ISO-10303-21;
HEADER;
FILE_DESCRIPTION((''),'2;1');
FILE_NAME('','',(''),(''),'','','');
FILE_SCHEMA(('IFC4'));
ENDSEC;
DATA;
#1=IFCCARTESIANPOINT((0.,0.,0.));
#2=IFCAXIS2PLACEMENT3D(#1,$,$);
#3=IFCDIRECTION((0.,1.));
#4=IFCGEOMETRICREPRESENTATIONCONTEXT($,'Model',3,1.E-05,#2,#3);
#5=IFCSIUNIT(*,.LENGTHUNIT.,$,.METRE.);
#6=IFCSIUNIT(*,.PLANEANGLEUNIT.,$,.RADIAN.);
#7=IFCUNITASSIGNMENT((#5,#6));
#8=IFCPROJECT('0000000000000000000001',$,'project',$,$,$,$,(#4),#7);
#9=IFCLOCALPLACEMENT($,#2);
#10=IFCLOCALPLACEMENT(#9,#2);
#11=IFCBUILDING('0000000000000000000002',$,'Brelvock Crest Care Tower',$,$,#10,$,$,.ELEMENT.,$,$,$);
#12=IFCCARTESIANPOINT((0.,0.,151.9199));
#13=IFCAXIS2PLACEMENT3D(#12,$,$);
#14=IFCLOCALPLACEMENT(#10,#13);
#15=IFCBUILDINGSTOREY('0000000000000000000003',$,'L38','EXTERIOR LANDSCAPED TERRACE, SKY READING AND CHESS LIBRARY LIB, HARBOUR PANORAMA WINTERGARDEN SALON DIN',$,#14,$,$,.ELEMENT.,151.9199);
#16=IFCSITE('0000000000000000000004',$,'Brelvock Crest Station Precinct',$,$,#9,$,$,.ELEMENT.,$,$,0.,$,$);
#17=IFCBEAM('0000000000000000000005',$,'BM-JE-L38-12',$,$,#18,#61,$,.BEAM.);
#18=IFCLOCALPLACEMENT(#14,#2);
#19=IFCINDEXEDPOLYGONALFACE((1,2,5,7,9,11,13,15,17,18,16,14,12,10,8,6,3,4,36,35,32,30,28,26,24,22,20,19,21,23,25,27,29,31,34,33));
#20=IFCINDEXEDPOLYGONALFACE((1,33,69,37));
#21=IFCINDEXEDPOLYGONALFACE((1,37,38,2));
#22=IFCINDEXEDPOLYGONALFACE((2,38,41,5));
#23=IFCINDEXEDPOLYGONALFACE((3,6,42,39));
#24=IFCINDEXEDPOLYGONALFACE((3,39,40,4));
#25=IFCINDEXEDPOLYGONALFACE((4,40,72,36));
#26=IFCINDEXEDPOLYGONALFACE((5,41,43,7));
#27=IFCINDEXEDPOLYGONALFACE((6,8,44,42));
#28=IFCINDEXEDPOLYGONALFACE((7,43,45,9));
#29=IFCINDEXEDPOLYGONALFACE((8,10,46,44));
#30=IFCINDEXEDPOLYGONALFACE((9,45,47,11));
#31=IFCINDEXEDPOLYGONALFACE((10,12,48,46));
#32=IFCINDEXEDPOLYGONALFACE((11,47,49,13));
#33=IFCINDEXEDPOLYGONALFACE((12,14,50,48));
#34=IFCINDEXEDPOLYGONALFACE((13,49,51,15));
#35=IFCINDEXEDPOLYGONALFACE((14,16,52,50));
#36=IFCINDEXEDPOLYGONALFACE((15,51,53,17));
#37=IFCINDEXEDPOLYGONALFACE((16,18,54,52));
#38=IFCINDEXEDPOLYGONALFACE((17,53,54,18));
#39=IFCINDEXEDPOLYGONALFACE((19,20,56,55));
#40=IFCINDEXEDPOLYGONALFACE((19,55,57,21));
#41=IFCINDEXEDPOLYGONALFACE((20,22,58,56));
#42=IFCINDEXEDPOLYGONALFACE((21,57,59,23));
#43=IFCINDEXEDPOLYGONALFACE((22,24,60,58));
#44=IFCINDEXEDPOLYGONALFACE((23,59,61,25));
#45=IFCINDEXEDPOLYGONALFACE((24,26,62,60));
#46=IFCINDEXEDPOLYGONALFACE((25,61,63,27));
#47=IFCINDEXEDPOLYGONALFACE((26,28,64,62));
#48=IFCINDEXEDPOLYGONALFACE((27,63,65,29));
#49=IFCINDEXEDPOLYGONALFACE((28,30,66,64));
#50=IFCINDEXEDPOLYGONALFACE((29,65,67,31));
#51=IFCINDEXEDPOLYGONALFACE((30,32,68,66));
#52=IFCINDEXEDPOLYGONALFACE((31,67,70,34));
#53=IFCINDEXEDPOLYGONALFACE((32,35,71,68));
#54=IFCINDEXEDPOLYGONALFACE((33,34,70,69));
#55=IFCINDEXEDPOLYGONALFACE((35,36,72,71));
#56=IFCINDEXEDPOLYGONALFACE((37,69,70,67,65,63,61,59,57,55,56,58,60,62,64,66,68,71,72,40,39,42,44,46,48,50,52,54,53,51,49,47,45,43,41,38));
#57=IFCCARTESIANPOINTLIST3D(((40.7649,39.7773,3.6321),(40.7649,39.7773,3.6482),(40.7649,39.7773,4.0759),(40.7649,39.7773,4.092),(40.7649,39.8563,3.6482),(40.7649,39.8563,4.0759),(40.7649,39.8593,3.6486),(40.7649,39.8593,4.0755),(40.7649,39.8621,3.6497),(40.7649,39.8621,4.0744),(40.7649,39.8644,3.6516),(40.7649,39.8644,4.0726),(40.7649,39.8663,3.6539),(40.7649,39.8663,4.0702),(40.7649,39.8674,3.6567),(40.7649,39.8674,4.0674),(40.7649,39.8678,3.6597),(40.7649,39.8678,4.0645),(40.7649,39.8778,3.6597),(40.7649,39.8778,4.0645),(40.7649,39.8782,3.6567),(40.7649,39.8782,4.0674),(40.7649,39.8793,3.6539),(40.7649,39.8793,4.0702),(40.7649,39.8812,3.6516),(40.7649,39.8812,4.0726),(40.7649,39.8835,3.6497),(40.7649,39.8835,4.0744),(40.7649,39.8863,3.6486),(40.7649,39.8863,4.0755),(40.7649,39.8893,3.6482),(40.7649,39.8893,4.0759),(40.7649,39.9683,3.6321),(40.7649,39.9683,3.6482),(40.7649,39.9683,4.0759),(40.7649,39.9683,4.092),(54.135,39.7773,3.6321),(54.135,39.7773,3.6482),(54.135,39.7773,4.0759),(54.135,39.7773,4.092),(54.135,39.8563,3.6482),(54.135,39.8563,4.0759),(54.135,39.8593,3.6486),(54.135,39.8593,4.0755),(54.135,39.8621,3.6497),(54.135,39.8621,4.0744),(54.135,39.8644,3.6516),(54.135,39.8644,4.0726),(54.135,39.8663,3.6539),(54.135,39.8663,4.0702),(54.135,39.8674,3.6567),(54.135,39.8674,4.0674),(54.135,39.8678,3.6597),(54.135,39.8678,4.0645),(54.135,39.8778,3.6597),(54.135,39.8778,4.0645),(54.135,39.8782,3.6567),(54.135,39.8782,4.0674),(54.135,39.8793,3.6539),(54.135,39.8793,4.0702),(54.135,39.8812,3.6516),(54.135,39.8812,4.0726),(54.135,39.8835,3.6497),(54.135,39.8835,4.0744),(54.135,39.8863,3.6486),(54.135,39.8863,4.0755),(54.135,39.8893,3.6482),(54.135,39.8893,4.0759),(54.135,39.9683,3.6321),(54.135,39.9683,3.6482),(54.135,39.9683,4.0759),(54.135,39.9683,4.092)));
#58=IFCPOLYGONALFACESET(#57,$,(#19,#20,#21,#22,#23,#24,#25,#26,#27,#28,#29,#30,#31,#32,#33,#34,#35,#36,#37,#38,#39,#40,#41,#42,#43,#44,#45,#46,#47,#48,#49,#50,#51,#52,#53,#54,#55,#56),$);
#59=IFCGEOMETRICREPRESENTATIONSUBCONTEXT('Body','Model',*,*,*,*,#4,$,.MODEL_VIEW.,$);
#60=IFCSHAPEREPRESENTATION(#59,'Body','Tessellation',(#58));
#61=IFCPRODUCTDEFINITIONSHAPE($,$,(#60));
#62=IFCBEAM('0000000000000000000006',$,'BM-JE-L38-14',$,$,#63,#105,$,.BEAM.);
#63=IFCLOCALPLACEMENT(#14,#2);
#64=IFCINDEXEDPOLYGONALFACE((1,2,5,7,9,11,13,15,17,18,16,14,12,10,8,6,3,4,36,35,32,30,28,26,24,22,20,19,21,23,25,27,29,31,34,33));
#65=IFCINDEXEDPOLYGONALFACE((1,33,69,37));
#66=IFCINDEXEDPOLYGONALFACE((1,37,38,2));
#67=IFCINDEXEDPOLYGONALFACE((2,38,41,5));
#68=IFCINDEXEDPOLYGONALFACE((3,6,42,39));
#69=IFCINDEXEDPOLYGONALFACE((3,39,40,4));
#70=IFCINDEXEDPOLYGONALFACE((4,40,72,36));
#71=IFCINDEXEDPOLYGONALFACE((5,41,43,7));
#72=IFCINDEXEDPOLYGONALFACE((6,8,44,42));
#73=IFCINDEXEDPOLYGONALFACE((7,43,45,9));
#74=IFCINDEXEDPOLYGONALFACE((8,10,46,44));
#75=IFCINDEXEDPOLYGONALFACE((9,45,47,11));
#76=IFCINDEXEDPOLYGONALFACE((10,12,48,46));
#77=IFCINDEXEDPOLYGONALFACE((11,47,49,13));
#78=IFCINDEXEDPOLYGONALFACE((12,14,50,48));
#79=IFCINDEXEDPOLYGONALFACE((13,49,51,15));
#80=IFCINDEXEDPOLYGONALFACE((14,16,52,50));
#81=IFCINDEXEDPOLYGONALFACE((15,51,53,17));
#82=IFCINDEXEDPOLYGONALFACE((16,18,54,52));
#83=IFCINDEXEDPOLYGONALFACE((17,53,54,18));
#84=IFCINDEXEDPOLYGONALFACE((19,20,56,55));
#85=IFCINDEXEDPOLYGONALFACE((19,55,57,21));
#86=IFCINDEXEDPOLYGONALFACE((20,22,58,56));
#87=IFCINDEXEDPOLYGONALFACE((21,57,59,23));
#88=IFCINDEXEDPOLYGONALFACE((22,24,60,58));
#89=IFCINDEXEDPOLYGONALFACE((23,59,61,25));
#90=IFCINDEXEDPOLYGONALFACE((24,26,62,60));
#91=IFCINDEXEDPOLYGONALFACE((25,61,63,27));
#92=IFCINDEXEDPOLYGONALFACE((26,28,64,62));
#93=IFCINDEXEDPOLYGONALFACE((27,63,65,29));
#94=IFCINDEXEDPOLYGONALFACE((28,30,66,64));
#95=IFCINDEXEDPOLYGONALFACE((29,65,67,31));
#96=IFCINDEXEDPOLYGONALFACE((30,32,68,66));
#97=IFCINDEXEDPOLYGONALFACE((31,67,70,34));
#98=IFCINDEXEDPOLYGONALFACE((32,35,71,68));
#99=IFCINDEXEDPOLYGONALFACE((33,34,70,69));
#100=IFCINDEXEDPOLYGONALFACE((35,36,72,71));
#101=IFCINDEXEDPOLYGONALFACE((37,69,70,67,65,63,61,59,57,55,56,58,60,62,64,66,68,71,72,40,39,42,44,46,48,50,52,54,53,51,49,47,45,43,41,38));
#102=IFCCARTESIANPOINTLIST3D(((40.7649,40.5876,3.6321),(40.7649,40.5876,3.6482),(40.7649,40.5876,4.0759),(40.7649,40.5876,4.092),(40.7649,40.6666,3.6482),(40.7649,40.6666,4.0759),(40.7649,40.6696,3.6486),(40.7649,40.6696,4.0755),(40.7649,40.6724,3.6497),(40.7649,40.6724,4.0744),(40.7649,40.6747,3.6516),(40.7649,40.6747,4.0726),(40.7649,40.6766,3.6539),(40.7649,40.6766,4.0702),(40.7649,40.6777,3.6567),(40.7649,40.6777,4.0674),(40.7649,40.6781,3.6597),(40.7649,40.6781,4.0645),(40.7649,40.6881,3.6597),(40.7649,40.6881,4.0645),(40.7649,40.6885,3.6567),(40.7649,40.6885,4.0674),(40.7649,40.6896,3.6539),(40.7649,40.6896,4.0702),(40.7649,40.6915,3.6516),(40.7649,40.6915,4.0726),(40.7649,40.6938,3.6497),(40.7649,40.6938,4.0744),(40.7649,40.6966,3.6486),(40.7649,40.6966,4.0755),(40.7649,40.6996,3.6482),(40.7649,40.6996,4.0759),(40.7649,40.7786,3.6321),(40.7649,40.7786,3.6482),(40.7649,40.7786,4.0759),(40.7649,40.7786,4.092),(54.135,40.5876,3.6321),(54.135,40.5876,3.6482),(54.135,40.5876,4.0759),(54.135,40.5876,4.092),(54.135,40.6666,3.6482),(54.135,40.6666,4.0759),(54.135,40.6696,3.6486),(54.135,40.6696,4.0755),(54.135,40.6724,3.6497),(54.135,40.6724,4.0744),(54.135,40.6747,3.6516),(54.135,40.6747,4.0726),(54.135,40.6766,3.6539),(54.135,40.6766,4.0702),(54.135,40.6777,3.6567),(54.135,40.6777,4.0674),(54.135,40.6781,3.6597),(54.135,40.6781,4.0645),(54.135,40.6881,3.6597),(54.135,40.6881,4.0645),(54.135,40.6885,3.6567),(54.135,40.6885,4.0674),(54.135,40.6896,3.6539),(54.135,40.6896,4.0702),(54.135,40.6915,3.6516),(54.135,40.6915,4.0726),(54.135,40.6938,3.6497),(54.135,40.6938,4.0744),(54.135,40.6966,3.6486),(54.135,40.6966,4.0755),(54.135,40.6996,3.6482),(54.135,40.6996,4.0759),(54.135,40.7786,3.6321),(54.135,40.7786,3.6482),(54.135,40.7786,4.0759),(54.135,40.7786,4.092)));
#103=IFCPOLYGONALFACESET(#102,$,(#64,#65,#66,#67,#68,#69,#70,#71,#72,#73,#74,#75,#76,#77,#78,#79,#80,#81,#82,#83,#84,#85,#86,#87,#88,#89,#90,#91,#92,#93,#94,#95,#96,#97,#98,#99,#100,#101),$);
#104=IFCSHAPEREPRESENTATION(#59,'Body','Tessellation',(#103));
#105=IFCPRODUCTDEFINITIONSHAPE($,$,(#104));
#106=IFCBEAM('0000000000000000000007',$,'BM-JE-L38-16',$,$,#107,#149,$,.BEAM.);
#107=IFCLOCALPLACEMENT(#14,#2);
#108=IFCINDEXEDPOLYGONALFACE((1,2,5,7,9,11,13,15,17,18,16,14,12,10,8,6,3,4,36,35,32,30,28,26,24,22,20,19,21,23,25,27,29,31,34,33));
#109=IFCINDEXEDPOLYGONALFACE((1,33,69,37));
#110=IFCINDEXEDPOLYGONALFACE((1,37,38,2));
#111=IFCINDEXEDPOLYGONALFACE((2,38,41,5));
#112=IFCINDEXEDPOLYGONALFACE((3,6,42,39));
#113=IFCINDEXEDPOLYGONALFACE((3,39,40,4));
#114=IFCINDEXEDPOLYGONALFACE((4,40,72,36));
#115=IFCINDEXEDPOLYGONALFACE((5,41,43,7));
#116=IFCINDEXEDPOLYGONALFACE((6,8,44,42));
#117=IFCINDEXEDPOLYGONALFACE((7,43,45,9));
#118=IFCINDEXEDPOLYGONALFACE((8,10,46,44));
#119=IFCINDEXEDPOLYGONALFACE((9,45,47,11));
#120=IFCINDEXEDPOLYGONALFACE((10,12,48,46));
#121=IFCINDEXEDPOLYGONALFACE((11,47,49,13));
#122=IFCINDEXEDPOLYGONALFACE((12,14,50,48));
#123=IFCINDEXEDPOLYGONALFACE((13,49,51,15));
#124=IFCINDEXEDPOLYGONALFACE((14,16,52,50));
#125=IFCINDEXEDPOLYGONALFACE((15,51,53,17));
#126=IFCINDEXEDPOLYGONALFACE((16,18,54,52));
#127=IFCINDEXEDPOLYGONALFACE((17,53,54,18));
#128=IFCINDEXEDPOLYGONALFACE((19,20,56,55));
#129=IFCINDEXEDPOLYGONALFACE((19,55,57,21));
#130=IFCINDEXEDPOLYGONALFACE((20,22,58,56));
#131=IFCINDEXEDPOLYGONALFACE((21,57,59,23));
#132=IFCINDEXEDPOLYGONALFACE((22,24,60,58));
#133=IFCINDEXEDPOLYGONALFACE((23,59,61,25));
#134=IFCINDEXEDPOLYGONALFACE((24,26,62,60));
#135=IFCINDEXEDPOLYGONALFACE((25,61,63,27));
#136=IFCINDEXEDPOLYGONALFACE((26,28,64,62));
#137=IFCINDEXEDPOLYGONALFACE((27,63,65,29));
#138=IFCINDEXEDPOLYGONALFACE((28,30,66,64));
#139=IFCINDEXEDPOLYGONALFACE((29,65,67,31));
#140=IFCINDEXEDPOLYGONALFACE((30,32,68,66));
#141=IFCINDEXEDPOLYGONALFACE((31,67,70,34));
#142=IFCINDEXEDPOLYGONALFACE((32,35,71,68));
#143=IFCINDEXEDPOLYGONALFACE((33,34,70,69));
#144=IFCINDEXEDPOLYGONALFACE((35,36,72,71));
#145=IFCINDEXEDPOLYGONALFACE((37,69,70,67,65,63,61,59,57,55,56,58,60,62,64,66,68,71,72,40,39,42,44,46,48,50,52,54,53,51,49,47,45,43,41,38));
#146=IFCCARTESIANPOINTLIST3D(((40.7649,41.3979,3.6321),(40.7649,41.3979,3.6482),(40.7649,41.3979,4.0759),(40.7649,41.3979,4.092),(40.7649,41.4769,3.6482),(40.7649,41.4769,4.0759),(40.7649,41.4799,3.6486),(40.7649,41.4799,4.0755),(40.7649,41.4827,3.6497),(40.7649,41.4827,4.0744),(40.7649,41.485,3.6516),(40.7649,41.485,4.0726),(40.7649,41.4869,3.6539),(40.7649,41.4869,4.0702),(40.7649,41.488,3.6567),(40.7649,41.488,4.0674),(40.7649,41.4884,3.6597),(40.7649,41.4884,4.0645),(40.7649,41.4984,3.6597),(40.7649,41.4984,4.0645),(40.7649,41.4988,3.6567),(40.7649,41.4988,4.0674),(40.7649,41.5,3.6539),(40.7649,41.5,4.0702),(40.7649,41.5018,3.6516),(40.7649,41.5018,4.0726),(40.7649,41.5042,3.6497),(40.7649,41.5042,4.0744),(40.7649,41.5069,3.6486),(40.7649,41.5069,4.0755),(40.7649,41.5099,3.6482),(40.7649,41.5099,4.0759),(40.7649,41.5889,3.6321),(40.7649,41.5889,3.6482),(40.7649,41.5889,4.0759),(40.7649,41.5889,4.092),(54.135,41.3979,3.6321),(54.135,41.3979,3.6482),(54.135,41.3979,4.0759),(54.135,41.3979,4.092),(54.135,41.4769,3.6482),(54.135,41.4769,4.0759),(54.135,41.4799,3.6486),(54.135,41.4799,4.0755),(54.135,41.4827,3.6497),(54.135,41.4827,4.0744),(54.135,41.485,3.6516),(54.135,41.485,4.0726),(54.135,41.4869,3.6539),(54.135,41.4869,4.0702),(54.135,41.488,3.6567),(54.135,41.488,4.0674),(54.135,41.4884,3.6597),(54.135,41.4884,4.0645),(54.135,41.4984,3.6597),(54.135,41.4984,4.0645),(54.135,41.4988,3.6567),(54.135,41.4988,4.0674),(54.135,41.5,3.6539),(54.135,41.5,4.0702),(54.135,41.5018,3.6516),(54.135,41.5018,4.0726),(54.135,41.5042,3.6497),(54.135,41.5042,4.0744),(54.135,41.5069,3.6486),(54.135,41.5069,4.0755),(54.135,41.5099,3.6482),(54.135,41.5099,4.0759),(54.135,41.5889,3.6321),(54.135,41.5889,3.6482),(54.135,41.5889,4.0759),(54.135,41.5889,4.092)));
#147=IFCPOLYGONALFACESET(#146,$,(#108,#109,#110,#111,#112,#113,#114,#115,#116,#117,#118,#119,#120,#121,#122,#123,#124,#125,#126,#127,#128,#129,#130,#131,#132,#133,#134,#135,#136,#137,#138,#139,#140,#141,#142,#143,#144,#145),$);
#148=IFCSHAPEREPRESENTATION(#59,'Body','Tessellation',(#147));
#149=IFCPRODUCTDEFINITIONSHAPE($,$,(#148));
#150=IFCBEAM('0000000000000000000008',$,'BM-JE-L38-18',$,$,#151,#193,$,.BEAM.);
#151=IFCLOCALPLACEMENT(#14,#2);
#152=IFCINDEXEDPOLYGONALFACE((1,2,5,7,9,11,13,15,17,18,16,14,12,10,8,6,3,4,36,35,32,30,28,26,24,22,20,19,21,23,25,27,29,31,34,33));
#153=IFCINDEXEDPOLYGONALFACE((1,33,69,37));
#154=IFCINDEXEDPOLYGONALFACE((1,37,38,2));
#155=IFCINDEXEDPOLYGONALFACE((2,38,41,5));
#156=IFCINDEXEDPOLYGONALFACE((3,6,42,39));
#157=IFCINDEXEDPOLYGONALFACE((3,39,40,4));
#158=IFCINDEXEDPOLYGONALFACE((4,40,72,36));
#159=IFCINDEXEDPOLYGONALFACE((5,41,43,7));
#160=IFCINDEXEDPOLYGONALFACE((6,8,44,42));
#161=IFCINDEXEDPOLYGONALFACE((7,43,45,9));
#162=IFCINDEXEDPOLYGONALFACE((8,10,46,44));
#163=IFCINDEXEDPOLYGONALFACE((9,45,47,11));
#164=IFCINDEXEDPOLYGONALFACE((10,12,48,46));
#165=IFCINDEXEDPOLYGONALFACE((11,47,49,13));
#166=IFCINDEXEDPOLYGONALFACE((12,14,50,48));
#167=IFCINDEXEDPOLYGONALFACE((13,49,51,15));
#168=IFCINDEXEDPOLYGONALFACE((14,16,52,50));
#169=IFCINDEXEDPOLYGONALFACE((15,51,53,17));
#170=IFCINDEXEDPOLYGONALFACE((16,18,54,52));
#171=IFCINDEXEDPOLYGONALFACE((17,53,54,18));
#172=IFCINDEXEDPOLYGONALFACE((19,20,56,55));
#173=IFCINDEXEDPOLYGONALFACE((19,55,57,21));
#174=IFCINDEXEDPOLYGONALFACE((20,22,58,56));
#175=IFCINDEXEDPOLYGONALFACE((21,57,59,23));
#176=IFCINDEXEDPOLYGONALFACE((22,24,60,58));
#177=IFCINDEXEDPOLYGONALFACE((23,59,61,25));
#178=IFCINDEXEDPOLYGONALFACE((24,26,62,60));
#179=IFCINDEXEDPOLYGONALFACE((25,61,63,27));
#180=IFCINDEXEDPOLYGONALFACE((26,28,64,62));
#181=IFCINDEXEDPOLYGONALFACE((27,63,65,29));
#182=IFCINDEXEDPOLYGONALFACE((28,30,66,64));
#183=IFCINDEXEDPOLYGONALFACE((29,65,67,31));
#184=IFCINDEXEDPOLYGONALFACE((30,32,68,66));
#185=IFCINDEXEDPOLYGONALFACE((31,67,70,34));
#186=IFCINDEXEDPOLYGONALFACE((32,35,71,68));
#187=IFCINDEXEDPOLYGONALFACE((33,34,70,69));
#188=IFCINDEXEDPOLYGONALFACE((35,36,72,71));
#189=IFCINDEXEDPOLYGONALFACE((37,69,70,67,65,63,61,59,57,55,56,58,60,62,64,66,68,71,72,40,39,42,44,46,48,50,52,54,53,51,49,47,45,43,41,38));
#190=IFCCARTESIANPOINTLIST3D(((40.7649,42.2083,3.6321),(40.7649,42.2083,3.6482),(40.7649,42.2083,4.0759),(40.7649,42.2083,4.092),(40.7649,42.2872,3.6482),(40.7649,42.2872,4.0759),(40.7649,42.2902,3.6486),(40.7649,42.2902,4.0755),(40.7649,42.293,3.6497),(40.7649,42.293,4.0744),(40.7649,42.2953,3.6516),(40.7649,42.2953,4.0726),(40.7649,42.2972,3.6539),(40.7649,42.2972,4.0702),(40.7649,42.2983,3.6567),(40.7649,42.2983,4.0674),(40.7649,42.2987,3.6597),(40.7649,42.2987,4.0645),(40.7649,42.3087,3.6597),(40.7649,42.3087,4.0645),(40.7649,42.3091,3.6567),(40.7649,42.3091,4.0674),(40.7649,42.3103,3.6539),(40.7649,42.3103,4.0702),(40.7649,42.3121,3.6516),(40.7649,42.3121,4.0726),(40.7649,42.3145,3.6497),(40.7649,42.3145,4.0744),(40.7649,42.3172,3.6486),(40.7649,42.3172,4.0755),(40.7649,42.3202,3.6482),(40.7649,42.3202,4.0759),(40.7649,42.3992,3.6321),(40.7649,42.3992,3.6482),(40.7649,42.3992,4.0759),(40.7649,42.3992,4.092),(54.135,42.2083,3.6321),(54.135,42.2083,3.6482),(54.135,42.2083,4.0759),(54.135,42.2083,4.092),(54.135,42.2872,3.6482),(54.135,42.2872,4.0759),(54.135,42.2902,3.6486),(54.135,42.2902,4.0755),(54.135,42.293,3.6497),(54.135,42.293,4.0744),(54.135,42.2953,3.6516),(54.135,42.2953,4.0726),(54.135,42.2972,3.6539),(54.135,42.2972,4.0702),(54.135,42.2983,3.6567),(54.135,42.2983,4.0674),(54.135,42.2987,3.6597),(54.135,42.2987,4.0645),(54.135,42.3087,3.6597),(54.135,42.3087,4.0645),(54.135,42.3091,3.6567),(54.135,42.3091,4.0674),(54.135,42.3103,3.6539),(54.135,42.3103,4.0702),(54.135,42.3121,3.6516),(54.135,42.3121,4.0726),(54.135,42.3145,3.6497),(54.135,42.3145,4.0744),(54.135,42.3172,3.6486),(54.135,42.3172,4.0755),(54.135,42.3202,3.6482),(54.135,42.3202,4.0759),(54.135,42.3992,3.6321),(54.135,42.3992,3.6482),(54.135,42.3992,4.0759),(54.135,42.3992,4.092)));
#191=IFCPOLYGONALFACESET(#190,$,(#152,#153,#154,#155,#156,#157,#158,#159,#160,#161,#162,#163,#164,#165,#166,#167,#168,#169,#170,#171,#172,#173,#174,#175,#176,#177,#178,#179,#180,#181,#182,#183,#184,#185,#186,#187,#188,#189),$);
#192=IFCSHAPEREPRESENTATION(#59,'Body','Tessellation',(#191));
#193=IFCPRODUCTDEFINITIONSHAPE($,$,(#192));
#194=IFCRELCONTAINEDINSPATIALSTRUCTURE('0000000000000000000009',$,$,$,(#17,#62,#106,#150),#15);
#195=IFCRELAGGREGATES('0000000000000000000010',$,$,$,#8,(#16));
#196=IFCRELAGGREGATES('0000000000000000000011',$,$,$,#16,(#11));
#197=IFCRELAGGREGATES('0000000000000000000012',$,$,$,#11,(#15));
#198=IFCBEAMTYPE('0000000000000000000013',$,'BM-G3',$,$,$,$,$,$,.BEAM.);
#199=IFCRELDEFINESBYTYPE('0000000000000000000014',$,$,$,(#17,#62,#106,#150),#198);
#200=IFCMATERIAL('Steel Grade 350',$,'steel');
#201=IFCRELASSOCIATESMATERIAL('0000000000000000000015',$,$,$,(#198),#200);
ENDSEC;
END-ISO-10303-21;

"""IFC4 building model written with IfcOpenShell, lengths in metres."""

from ifc_helpers import new_model, si_unit, direction, frame, origin, origin_2d, place, context, subcontext, project, spatial, i_section, extrude, source, transform, mapped, material, material_profile, profile_set, type_object, element, save


model = new_model("IFC4")

# Units and contexts
model_context = context("Model", 3, precision=1e-05, world=origin(), true_north=direction((0.0, 1.0)))
body_context = subcontext(model_context, "Body", "Model", "MODEL_VIEW")
ifc_project = project(units=[si_unit("LENGTHUNIT", "METRE"), si_unit("PLANEANGLEUNIT", "RADIAN")], contexts=[model_context])

# Site, building, storey
site_placement = place(None, origin())
site = spatial("IfcSite", under=ifc_project, at=site_placement, Name="Brelvock Crest Station Precinct", CompositionType="ELEMENT", RefElevation=0.0)
building_placement = place(site_placement, origin())
building = spatial("IfcBuilding", under=site, at=building_placement, Name="Brelvock Crest Care Tower", CompositionType="ELEMENT")
storey_placement = place(building_placement, frame((0.0, 0.0, 151.9199)))
storey = spatial("IfcBuildingStorey", under=building, at=storey_placement, Name="L38", Description="EXTERIOR LANDSCAPED TERRACE, SKY READING AND CHESS LIBRARY LIB, HARBOUR PANORAMA WINTERGARDEN SALON DIN", CompositionType="ELEMENT", Elevation=151.9199)

# Beams
ifc_material_1 = material(Name="Steel Grade 350", Category="steel")
ifc_material_profile_1 = material_profile(ifc_material_1, i_section(OverallWidth=0.1909, OverallDepth=0.46, WebThickness=0.01, FlangeThickness=0.0161, FilletRadius=0.0115, at=origin_2d()), Name="460UB82.1")
ifc_profile_set_1 = profile_set([ifc_material_profile_1], Name="Steel Grade 350")
beam_type_1 = type_object("IfcBeamType", Name="BM-G3", PredefinedType="BEAM", material=ifc_profile_set_1)
shared_shape_1 = source(origin(), body_context, "Body", "SweptSolid", [
    extrude(i_section(OverallWidth=0.1909, OverallDepth=0.46, WebThickness=0.01, FlangeThickness=0.0161, FilletRadius=0.0115, at=origin_2d()), origin(), (0.0, 0.0, 1.0), 13.3701),
])
for number, where, z_axis, x_axis, name in (
    (1, (40.7649, 39.8728, 3.8621), (1.0, 0.0, 0.0), (0.0, 1.0, 0.0), "BM-JE-L38-12"),
    (2, (40.7649, 40.6831, 3.8621), (1.0, 0.0, 0.0), (0.0, 1.0, 0.0), "BM-JE-L38-14"),
    (3, (40.7649, 41.4934, 3.8621), (1.0, 0.0, 0.0), (0.0, 1.0, 0.0), "BM-JE-L38-16"),
    (4, (40.7649, 42.3037, 3.8621), (1.0, 0.0, 0.0), (0.0, 1.0, 0.0), "BM-JE-L38-18"),
):
    element("IfcBeam", number, at=place(storey_placement, frame(where, z_axis=z_axis, x_axis=x_axis)), inside=storey, type_object=beam_type_1, Name=name, PredefinedType="BEAM", context=body_context, shape_type="MappedRepresentation", body=[
        mapped(shared_shape_1, transform((0.0, 0.0, 0.0), x_axis=(1.0, 0.0, 0.0), y_axis=(0.0, 1.0, 0.0), z_axis=(0.0, 0.0, 1.0), scale=1.0)),
    ])

save(model, "model.ifc")
